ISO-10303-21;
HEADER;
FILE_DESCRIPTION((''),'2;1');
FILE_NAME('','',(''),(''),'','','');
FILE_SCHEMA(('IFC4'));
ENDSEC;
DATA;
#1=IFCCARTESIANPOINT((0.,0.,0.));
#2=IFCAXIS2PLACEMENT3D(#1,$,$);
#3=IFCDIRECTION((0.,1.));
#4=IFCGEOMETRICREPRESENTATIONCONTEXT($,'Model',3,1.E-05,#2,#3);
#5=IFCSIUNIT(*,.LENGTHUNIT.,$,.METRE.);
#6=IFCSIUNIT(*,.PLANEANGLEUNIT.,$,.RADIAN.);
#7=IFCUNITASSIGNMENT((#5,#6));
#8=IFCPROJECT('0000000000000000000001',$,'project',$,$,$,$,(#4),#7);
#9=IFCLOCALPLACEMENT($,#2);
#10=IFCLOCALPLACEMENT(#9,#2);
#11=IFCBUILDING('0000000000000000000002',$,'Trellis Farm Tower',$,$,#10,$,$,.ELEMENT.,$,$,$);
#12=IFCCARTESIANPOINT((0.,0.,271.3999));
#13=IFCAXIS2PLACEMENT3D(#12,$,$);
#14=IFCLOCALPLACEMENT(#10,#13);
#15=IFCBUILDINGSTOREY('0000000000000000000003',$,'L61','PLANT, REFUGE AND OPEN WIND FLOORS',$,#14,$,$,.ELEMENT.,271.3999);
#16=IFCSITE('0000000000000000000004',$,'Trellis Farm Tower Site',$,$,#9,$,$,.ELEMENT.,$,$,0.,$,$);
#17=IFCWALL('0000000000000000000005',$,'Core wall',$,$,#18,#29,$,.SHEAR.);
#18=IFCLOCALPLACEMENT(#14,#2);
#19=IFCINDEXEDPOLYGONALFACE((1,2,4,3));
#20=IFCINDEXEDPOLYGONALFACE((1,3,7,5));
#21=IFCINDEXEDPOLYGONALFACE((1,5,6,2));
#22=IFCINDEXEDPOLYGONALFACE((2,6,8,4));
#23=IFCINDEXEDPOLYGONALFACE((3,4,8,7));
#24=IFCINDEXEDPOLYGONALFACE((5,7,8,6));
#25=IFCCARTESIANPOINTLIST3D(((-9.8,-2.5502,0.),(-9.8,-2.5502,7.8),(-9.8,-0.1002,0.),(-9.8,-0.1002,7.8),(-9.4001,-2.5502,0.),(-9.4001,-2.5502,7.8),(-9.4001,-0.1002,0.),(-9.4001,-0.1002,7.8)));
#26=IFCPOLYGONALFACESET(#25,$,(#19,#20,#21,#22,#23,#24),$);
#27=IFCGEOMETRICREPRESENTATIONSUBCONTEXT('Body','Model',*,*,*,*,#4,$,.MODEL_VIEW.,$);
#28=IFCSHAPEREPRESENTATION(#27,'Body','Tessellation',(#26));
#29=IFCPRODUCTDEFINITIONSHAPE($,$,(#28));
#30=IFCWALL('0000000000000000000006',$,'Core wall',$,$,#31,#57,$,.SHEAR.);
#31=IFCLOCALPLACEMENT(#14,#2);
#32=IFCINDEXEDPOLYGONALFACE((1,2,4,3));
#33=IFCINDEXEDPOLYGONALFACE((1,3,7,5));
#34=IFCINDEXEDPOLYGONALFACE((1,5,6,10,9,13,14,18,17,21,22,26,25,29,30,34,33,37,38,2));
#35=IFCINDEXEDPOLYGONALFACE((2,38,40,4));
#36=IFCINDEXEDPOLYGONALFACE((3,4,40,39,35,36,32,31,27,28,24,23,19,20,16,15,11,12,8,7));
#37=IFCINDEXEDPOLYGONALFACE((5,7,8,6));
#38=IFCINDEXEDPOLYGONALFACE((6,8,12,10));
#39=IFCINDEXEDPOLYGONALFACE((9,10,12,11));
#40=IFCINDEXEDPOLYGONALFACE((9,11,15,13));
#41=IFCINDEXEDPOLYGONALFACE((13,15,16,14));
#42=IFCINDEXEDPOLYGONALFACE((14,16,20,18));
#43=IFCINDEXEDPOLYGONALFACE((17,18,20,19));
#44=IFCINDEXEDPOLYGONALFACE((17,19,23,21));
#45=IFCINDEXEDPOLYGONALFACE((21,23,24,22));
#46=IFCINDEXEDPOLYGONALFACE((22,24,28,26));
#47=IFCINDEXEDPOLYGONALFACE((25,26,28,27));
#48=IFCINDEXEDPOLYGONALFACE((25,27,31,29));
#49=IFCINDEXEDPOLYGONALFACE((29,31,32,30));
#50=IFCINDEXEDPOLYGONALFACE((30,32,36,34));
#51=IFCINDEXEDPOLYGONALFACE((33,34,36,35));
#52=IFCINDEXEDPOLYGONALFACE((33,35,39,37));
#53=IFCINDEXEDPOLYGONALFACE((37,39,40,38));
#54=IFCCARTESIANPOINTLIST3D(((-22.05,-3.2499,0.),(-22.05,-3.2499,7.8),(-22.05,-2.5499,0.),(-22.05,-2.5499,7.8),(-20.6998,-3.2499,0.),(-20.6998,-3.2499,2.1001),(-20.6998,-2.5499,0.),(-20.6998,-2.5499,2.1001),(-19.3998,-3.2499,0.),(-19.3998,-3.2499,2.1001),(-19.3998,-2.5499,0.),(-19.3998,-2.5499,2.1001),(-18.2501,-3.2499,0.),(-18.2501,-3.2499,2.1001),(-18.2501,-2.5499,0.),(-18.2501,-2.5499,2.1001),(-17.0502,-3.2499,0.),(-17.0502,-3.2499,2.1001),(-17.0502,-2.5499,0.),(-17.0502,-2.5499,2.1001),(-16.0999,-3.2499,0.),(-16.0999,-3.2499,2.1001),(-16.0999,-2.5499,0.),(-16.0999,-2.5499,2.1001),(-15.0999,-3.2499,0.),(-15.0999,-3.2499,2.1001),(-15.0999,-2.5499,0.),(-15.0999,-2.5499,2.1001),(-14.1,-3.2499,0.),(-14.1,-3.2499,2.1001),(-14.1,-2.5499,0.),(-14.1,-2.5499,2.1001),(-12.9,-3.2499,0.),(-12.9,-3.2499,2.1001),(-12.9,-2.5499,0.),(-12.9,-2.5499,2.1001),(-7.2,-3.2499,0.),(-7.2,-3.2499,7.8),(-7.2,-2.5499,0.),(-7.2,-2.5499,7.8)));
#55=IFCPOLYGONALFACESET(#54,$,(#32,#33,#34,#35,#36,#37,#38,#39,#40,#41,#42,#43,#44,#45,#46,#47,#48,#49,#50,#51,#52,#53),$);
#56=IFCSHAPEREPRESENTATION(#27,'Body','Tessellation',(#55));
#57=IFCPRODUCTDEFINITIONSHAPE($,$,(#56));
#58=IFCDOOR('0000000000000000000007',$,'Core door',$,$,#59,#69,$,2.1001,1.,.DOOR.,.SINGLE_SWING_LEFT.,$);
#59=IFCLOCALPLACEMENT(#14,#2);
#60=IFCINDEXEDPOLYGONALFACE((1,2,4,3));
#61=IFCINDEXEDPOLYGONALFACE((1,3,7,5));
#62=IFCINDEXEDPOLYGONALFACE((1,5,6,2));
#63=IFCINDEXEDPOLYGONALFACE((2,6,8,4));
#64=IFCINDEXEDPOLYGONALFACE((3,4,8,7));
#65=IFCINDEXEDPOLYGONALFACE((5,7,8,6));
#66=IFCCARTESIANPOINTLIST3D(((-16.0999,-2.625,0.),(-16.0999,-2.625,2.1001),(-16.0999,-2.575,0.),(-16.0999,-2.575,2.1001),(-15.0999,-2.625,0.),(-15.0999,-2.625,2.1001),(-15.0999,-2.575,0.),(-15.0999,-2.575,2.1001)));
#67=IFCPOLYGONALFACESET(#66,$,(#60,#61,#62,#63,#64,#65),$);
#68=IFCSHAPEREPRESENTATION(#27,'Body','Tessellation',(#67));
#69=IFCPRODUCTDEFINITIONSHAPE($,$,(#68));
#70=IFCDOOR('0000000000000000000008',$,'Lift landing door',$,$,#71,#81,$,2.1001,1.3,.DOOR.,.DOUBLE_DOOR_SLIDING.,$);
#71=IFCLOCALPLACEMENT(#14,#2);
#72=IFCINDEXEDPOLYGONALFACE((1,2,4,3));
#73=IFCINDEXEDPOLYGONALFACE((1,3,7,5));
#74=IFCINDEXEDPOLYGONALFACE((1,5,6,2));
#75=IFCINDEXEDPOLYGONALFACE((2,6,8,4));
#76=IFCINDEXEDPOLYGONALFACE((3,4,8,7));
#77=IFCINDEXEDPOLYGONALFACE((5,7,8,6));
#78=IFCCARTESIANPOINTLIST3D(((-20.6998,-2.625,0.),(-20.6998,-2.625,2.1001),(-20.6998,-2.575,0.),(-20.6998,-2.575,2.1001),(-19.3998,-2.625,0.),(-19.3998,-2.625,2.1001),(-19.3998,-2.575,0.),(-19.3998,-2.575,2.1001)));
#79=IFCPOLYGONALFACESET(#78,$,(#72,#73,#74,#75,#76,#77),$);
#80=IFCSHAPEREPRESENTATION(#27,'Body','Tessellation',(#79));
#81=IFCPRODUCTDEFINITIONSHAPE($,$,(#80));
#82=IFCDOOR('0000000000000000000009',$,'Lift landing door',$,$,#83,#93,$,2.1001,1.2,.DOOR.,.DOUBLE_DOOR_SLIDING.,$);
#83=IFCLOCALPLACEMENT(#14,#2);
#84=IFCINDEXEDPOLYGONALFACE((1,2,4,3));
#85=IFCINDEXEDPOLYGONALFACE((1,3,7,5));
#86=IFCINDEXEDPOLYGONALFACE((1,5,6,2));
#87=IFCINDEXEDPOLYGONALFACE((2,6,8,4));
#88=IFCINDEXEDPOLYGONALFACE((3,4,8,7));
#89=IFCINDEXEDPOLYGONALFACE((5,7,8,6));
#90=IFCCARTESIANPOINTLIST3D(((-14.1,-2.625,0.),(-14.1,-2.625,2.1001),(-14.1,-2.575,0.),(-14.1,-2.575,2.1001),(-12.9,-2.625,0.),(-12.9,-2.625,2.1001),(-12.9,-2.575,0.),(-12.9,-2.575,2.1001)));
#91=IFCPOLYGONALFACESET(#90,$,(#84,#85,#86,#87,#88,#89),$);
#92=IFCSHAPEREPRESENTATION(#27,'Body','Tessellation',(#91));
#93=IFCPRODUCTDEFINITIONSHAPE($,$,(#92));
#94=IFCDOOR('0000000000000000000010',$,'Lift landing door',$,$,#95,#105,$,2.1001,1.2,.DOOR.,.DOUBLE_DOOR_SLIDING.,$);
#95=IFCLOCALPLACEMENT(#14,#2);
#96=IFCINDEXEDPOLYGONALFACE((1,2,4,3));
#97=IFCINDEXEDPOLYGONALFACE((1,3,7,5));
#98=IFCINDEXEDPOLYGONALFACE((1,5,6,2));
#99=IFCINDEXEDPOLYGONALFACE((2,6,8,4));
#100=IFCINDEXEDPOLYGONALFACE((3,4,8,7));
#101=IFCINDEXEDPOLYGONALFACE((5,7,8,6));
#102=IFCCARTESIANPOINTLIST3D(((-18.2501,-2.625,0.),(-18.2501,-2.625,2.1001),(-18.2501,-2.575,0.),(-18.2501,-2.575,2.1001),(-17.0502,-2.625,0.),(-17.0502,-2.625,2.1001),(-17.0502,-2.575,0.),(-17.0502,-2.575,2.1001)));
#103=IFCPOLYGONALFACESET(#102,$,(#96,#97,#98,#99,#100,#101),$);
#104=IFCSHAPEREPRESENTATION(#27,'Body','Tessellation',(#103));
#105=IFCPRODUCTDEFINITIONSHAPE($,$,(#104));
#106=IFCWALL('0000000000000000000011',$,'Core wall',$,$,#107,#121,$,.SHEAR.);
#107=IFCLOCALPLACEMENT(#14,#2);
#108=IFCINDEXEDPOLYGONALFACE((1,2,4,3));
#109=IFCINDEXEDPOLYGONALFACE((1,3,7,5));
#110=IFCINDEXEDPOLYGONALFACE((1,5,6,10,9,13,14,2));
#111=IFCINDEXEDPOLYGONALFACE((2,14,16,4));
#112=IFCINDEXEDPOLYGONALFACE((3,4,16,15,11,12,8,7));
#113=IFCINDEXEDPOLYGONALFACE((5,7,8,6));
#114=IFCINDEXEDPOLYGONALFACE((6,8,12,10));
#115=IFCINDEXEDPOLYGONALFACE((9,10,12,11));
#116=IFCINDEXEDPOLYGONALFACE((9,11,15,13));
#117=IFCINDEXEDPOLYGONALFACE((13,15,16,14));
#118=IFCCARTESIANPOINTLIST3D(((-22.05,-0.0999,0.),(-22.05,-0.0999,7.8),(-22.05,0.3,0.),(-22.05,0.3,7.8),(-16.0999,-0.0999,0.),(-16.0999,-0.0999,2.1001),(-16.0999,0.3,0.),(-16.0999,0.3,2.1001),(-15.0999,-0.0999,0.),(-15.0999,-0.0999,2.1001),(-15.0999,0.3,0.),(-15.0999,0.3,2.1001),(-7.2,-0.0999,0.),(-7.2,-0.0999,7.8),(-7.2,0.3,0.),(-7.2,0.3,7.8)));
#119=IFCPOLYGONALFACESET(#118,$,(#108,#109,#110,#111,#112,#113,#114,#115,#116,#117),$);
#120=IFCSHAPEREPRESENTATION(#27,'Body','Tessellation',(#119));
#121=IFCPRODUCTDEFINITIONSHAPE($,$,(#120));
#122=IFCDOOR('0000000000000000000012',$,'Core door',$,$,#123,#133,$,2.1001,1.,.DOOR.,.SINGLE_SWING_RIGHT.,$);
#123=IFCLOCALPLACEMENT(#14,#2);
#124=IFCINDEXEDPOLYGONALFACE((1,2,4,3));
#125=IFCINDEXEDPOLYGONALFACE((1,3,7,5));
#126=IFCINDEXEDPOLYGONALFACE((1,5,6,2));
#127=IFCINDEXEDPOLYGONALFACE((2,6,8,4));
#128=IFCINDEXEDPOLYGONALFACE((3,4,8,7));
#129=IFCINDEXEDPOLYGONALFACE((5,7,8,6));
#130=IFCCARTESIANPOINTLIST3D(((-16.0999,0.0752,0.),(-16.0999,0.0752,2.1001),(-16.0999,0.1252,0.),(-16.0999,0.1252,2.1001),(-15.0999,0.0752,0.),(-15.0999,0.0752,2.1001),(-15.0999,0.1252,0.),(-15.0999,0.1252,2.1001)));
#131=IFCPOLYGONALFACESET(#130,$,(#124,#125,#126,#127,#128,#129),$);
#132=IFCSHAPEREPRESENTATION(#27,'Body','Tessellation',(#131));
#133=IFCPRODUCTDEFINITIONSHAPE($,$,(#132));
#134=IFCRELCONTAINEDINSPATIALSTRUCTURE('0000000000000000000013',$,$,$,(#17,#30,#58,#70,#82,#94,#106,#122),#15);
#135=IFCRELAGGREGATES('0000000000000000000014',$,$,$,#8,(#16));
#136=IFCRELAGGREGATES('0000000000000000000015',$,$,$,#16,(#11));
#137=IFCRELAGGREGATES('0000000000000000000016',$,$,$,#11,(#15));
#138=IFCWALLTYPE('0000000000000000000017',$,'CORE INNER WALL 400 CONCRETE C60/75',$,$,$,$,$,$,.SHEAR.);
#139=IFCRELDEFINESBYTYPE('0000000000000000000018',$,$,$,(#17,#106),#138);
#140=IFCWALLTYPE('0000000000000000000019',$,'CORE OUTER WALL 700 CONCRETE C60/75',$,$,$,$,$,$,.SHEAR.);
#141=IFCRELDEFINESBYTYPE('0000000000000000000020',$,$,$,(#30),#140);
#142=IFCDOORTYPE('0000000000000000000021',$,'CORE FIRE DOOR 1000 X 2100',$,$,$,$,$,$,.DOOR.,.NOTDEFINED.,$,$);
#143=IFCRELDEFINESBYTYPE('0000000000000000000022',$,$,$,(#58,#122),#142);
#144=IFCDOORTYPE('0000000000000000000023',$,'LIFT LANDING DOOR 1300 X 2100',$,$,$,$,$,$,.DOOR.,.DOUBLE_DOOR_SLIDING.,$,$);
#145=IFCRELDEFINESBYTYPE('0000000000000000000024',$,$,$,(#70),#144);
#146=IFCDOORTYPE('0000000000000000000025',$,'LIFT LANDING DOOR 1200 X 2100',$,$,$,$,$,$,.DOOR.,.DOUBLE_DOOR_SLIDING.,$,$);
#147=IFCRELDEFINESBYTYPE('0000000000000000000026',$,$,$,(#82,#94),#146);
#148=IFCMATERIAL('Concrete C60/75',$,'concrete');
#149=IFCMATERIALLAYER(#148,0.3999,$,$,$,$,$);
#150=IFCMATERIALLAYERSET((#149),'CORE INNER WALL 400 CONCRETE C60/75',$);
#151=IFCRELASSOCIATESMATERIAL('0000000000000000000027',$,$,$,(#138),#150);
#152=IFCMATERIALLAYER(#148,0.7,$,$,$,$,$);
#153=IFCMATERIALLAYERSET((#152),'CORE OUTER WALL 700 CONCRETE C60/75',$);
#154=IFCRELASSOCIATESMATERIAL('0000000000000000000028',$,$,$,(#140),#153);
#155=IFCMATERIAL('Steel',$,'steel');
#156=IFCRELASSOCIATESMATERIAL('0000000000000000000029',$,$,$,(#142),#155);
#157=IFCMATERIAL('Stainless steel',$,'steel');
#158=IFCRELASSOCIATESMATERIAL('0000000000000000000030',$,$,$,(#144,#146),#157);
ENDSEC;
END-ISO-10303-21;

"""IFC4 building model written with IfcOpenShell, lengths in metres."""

from ifc_helpers import new_model, si_unit, direction, frame, frame_2d, origin, place, context, subcontext, project, spatial, rectangle, extrude, source, transform, mapped, material, layer, layer_set, type_object, element, fill, save


model = new_model("IFC4")

# Units and contexts
model_context = context("Model", 3, precision=1e-05, world=origin(), true_north=direction((0.0, 1.0)))
body_context = subcontext(model_context, "Body", "Model", "MODEL_VIEW")
ifc_project = project(units=[si_unit("LENGTHUNIT", "METRE"), si_unit("PLANEANGLEUNIT", "RADIAN")], contexts=[model_context])

# Site, building, storey
site_placement = place(None, origin())
site = spatial("IfcSite", under=ifc_project, at=site_placement, Name="Trellis Farm Tower Site", CompositionType="ELEMENT", RefElevation=0.0)
building_placement = place(site_placement, origin())
building = spatial("IfcBuilding", under=site, at=building_placement, Name="Trellis Farm Tower", CompositionType="ELEMENT")
storey_placement = place(building_placement, frame((0.0, 0.0, 271.3999)))
storey = spatial("IfcBuildingStorey", under=building, at=storey_placement, Name="L61", Description="PLANT, REFUGE AND OPEN WIND FLOORS", CompositionType="ELEMENT", Elevation=271.3999)

# Shared definitions
ifc_material_1 = material(Name="Concrete C60/75", Category="concrete")

# Wall
ifc_layer_1 = layer(ifc_material_1, 0.3999)
ifc_layer_set_1 = layer_set([ifc_layer_1], Name="CORE INNER WALL 400 CONCRETE C60/75")
wall_type_1 = type_object("IfcWallType", Name="CORE INNER WALL 400 CONCRETE C60/75", PredefinedType="SHEAR", material=ifc_layer_set_1)
shared_shape_1 = source(origin(), body_context, "Body", "SweptSolid", [
    extrude(rectangle(XDim=2.45, YDim=0.3999, at=frame_2d((1.2251, 0.0))), origin(), (0.0, 0.0, 1.0), 7.8),
])
wall_1_placement = place(storey_placement, frame((-9.6001, -0.1001, 0.0), z_axis=(0.0, 0.0, 1.0), x_axis=(0.0, -1.0, 0.0)))
element("IfcWall", 1, at=wall_1_placement, inside=storey, type_object=wall_type_1, Name="Core wall", PredefinedType="SHEAR", context=body_context, shape_type="MappedRepresentation", body=[
    mapped(shared_shape_1, transform((0.0, 0.0, 0.0))),
])

# Wall, openings, doors
ifc_layer_2 = layer(ifc_material_1, 0.7)
ifc_layer_set_2 = layer_set([ifc_layer_2], Name="CORE OUTER WALL 700 CONCRETE C60/75")
wall_type_2 = type_object("IfcWallType", Name="CORE OUTER WALL 700 CONCRETE C60/75", PredefinedType="SHEAR", material=ifc_layer_set_2)
shared_shape_2 = source(origin(), body_context, "Body", "SweptSolid", [
    extrude(rectangle(XDim=14.8501, YDim=0.7, at=frame_2d((7.425, 0.0))), origin(), (0.0, 0.0, 1.0), 7.8),
])
wall_2_placement = place(storey_placement, frame((-7.2, -2.8999, 0.0), z_axis=(0.0, 0.0, 1.0), x_axis=(-1.0, 0.0, 0.0)))
wall_2 = element("IfcWall", 2, at=wall_2_placement, inside=storey, type_object=wall_type_2, Name="Core wall", PredefinedType="SHEAR", context=body_context, shape_type="MappedRepresentation", body=[
    mapped(shared_shape_2, transform((0.0, 0.0, 0.0))),
])
shared_shape_3 = source(origin(), body_context, "Body", "SweptSolid", [
    extrude(rectangle(XDim=1.2, YDim=2.1001, at=frame_2d((0.6001, 1.05))), frame((0.0, 0.3601, 0.0), z_axis=(0.0, -1.0, 0.0), x_axis=(1.0, 0.0, 0.0)), (0.0, 0.0, 1.0), 0.7202),
])
opening_1_placement = place(wall_2_placement, frame((5.7, 0.0, 0.0)))
opening_1 = element("IfcOpeningElement", 3, at=opening_1_placement, cuts=wall_2, PredefinedType="OPENING", context=body_context, shape_type="MappedRepresentation", body=[
    mapped(shared_shape_3, transform((0.0, 0.0, 0.0))),
])
shared_shape_4 = source(origin(), body_context, "Body", "SweptSolid", [
    extrude(rectangle(XDim=1.3, YDim=2.1001, at=frame_2d((0.6499, 1.05))), frame((0.0, 0.3601, 0.0), z_axis=(0.0, -1.0, 0.0), x_axis=(1.0, 0.0, 0.0)), (0.0, 0.0, 1.0), 0.7202),
])
opening_2_placement = place(wall_2_placement, frame((12.2, 0.0, 0.0)))
opening_2 = element("IfcOpeningElement", 4, at=opening_2_placement, cuts=wall_2, PredefinedType="OPENING", context=body_context, shape_type="MappedRepresentation", body=[
    mapped(shared_shape_4, transform((0.0, 0.0, 0.0))),
])
opening_3_placement = place(wall_2_placement, frame((9.8501, 0.0, 0.0)))
opening_3 = element("IfcOpeningElement", 5, at=opening_3_placement, cuts=wall_2, PredefinedType="OPENING", context=body_context, shape_type="MappedRepresentation", body=[
    mapped(shared_shape_3, transform((0.0, 0.0, 0.0))),
])
shared_shape_5 = source(origin(), body_context, "Body", "SweptSolid", [
    extrude(rectangle(XDim=1.0, YDim=2.1001, at=frame_2d((0.5, 1.05))), frame((0.0, 0.3601, 0.0), z_axis=(0.0, -1.0, 0.0), x_axis=(1.0, 0.0, 0.0)), (0.0, 0.0, 1.0), 0.7202),
])
opening_4_placement = place(wall_2_placement, frame((7.8999, 0.0, 0.0)))
opening_4 = element("IfcOpeningElement", 6, at=opening_4_placement, cuts=wall_2, PredefinedType="OPENING", context=body_context, shape_type="MappedRepresentation", body=[
    mapped(shared_shape_5, transform((0.0, 0.0, 0.0))),
])
ifc_material_2 = material(Name="Steel", Category="steel")
door_type_1 = type_object("IfcDoorType", Name="CORE FIRE DOOR 1000 X 2100", OperationType="NOTDEFINED", PredefinedType="DOOR", material=ifc_material_2)
shared_shape_6 = source(origin(), body_context, "Body", "SweptSolid", [
    extrude(rectangle(XDim=1.0, YDim=2.1001, at=frame_2d((0.5, 1.05))), frame((0.0, -0.2749, 0.0), z_axis=(0.0, -1.0, 0.0), x_axis=(1.0, 0.0, 0.0)), (0.0, 0.0, 1.0), 0.05),
])
door_1_placement = place(opening_4_placement, origin())
door_1 = element("IfcDoor", 7, at=door_1_placement, inside=storey, type_object=door_type_1, Name="Core door", OperationType="SINGLE_SWING_LEFT", OverallHeight=2.1001, OverallWidth=1.0, PredefinedType="DOOR", context=body_context, shape_type="MappedRepresentation", body=[
    mapped(shared_shape_6, transform((0.0, 0.0, 0.0))),
])
fill(opening_4, door_1)
ifc_material_3 = material(Name="Stainless steel", Category="steel")
door_type_2 = type_object("IfcDoorType", Name="LIFT LANDING DOOR 1300 X 2100", OperationType="DOUBLE_DOOR_SLIDING", PredefinedType="DOOR", material=ifc_material_3)
shared_shape_7 = source(origin(), body_context, "Body", "SweptSolid", [
    extrude(rectangle(XDim=1.3, YDim=2.1001, at=frame_2d((0.6499, 1.05))), frame((0.0, -0.2749, 0.0), z_axis=(0.0, -1.0, 0.0), x_axis=(1.0, 0.0, 0.0)), (0.0, 0.0, 1.0), 0.05),
])
door_2_placement = place(opening_2_placement, origin())
door_2 = element("IfcDoor", 8, at=door_2_placement, inside=storey, type_object=door_type_2, Name="Lift landing door", OperationType="DOUBLE_DOOR_SLIDING", OverallHeight=2.1001, OverallWidth=1.3, PredefinedType="DOOR", context=body_context, shape_type="MappedRepresentation", body=[
    mapped(shared_shape_7, transform((0.0, 0.0, 0.0))),
])
fill(opening_2, door_2)
door_type_3 = type_object("IfcDoorType", Name="LIFT LANDING DOOR 1200 X 2100", OperationType="DOUBLE_DOOR_SLIDING", PredefinedType="DOOR", material=ifc_material_3)
shared_shape_8 = source(origin(), body_context, "Body", "SweptSolid", [
    extrude(rectangle(XDim=1.2, YDim=2.1001, at=frame_2d((0.6001, 1.05))), frame((0.0, -0.2749, 0.0), z_axis=(0.0, -1.0, 0.0), x_axis=(1.0, 0.0, 0.0)), (0.0, 0.0, 1.0), 0.05),
])
door_3_placement = place(opening_1_placement, origin())
door_3 = element("IfcDoor", 9, at=door_3_placement, inside=storey, type_object=door_type_3, Name="Lift landing door", OperationType="DOUBLE_DOOR_SLIDING", OverallHeight=2.1001, OverallWidth=1.2, PredefinedType="DOOR", context=body_context, shape_type="MappedRepresentation", body=[
    mapped(shared_shape_8, transform((0.0, 0.0, 0.0))),
])
fill(opening_1, door_3)
door_4_placement = place(opening_3_placement, origin())
door_4 = element("IfcDoor", 10, at=door_4_placement, inside=storey, type_object=door_type_3, Name="Lift landing door", OperationType="DOUBLE_DOOR_SLIDING", OverallHeight=2.1001, OverallWidth=1.2, PredefinedType="DOOR", context=body_context, shape_type="MappedRepresentation", body=[
    mapped(shared_shape_8, transform((0.0, 0.0, 0.0))),
])
fill(opening_3, door_4)

# Wall, opening, door
shared_shape_9 = source(origin(), body_context, "Body", "SweptSolid", [
    extrude(rectangle(XDim=14.8501, YDim=0.3999, at=frame_2d((7.425, 0.0))), origin(), (0.0, 0.0, 1.0), 7.8),
])
wall_3_placement = place(storey_placement, frame((-7.2, 0.1001, 0.0), z_axis=(0.0, 0.0, 1.0), x_axis=(-1.0, 0.0, 0.0)))
wall_3 = element("IfcWall", 11, at=wall_3_placement, inside=storey, type_object=wall_type_1, Name="Core wall", PredefinedType="SHEAR", context=body_context, shape_type="MappedRepresentation", body=[
    mapped(shared_shape_9, transform((0.0, 0.0, 0.0))),
])
shared_shape_10 = source(origin(), body_context, "Body", "SweptSolid", [
    extrude(rectangle(XDim=1.0, YDim=2.1001, at=frame_2d((0.5, 1.05))), frame((0.0, 0.21, 0.0), z_axis=(0.0, -1.0, 0.0), x_axis=(1.0, 0.0, 0.0)), (0.0, 0.0, 1.0), 0.4199),
])
opening_5_placement = place(wall_3_placement, frame((7.8999, 0.0, 0.0)))
opening_5 = element("IfcOpeningElement", 12, at=opening_5_placement, cuts=wall_3, PredefinedType="OPENING", context=body_context, shape_type="MappedRepresentation", body=[
    mapped(shared_shape_10, transform((0.0, 0.0, 0.0))),
])
shared_shape_11 = source(origin(), body_context, "Body", "SweptSolid", [
    extrude(rectangle(XDim=1.0, YDim=2.1001, at=frame_2d((0.5, 1.05))), frame((0.0, 0.0249, 0.0), z_axis=(0.0, -1.0, 0.0), x_axis=(1.0, 0.0, 0.0)), (0.0, 0.0, 1.0), 0.05),
])
door_5_placement = place(opening_5_placement, origin())
door_5 = element("IfcDoor", 13, at=door_5_placement, inside=storey, type_object=door_type_1, Name="Core door", OperationType="SINGLE_SWING_RIGHT", OverallHeight=2.1001, OverallWidth=1.0, PredefinedType="DOOR", context=body_context, shape_type="MappedRepresentation", body=[
    mapped(shared_shape_11, transform((0.0, 0.0, 0.0))),
])
fill(opening_5, door_5)

save(model, "model.ifc")
